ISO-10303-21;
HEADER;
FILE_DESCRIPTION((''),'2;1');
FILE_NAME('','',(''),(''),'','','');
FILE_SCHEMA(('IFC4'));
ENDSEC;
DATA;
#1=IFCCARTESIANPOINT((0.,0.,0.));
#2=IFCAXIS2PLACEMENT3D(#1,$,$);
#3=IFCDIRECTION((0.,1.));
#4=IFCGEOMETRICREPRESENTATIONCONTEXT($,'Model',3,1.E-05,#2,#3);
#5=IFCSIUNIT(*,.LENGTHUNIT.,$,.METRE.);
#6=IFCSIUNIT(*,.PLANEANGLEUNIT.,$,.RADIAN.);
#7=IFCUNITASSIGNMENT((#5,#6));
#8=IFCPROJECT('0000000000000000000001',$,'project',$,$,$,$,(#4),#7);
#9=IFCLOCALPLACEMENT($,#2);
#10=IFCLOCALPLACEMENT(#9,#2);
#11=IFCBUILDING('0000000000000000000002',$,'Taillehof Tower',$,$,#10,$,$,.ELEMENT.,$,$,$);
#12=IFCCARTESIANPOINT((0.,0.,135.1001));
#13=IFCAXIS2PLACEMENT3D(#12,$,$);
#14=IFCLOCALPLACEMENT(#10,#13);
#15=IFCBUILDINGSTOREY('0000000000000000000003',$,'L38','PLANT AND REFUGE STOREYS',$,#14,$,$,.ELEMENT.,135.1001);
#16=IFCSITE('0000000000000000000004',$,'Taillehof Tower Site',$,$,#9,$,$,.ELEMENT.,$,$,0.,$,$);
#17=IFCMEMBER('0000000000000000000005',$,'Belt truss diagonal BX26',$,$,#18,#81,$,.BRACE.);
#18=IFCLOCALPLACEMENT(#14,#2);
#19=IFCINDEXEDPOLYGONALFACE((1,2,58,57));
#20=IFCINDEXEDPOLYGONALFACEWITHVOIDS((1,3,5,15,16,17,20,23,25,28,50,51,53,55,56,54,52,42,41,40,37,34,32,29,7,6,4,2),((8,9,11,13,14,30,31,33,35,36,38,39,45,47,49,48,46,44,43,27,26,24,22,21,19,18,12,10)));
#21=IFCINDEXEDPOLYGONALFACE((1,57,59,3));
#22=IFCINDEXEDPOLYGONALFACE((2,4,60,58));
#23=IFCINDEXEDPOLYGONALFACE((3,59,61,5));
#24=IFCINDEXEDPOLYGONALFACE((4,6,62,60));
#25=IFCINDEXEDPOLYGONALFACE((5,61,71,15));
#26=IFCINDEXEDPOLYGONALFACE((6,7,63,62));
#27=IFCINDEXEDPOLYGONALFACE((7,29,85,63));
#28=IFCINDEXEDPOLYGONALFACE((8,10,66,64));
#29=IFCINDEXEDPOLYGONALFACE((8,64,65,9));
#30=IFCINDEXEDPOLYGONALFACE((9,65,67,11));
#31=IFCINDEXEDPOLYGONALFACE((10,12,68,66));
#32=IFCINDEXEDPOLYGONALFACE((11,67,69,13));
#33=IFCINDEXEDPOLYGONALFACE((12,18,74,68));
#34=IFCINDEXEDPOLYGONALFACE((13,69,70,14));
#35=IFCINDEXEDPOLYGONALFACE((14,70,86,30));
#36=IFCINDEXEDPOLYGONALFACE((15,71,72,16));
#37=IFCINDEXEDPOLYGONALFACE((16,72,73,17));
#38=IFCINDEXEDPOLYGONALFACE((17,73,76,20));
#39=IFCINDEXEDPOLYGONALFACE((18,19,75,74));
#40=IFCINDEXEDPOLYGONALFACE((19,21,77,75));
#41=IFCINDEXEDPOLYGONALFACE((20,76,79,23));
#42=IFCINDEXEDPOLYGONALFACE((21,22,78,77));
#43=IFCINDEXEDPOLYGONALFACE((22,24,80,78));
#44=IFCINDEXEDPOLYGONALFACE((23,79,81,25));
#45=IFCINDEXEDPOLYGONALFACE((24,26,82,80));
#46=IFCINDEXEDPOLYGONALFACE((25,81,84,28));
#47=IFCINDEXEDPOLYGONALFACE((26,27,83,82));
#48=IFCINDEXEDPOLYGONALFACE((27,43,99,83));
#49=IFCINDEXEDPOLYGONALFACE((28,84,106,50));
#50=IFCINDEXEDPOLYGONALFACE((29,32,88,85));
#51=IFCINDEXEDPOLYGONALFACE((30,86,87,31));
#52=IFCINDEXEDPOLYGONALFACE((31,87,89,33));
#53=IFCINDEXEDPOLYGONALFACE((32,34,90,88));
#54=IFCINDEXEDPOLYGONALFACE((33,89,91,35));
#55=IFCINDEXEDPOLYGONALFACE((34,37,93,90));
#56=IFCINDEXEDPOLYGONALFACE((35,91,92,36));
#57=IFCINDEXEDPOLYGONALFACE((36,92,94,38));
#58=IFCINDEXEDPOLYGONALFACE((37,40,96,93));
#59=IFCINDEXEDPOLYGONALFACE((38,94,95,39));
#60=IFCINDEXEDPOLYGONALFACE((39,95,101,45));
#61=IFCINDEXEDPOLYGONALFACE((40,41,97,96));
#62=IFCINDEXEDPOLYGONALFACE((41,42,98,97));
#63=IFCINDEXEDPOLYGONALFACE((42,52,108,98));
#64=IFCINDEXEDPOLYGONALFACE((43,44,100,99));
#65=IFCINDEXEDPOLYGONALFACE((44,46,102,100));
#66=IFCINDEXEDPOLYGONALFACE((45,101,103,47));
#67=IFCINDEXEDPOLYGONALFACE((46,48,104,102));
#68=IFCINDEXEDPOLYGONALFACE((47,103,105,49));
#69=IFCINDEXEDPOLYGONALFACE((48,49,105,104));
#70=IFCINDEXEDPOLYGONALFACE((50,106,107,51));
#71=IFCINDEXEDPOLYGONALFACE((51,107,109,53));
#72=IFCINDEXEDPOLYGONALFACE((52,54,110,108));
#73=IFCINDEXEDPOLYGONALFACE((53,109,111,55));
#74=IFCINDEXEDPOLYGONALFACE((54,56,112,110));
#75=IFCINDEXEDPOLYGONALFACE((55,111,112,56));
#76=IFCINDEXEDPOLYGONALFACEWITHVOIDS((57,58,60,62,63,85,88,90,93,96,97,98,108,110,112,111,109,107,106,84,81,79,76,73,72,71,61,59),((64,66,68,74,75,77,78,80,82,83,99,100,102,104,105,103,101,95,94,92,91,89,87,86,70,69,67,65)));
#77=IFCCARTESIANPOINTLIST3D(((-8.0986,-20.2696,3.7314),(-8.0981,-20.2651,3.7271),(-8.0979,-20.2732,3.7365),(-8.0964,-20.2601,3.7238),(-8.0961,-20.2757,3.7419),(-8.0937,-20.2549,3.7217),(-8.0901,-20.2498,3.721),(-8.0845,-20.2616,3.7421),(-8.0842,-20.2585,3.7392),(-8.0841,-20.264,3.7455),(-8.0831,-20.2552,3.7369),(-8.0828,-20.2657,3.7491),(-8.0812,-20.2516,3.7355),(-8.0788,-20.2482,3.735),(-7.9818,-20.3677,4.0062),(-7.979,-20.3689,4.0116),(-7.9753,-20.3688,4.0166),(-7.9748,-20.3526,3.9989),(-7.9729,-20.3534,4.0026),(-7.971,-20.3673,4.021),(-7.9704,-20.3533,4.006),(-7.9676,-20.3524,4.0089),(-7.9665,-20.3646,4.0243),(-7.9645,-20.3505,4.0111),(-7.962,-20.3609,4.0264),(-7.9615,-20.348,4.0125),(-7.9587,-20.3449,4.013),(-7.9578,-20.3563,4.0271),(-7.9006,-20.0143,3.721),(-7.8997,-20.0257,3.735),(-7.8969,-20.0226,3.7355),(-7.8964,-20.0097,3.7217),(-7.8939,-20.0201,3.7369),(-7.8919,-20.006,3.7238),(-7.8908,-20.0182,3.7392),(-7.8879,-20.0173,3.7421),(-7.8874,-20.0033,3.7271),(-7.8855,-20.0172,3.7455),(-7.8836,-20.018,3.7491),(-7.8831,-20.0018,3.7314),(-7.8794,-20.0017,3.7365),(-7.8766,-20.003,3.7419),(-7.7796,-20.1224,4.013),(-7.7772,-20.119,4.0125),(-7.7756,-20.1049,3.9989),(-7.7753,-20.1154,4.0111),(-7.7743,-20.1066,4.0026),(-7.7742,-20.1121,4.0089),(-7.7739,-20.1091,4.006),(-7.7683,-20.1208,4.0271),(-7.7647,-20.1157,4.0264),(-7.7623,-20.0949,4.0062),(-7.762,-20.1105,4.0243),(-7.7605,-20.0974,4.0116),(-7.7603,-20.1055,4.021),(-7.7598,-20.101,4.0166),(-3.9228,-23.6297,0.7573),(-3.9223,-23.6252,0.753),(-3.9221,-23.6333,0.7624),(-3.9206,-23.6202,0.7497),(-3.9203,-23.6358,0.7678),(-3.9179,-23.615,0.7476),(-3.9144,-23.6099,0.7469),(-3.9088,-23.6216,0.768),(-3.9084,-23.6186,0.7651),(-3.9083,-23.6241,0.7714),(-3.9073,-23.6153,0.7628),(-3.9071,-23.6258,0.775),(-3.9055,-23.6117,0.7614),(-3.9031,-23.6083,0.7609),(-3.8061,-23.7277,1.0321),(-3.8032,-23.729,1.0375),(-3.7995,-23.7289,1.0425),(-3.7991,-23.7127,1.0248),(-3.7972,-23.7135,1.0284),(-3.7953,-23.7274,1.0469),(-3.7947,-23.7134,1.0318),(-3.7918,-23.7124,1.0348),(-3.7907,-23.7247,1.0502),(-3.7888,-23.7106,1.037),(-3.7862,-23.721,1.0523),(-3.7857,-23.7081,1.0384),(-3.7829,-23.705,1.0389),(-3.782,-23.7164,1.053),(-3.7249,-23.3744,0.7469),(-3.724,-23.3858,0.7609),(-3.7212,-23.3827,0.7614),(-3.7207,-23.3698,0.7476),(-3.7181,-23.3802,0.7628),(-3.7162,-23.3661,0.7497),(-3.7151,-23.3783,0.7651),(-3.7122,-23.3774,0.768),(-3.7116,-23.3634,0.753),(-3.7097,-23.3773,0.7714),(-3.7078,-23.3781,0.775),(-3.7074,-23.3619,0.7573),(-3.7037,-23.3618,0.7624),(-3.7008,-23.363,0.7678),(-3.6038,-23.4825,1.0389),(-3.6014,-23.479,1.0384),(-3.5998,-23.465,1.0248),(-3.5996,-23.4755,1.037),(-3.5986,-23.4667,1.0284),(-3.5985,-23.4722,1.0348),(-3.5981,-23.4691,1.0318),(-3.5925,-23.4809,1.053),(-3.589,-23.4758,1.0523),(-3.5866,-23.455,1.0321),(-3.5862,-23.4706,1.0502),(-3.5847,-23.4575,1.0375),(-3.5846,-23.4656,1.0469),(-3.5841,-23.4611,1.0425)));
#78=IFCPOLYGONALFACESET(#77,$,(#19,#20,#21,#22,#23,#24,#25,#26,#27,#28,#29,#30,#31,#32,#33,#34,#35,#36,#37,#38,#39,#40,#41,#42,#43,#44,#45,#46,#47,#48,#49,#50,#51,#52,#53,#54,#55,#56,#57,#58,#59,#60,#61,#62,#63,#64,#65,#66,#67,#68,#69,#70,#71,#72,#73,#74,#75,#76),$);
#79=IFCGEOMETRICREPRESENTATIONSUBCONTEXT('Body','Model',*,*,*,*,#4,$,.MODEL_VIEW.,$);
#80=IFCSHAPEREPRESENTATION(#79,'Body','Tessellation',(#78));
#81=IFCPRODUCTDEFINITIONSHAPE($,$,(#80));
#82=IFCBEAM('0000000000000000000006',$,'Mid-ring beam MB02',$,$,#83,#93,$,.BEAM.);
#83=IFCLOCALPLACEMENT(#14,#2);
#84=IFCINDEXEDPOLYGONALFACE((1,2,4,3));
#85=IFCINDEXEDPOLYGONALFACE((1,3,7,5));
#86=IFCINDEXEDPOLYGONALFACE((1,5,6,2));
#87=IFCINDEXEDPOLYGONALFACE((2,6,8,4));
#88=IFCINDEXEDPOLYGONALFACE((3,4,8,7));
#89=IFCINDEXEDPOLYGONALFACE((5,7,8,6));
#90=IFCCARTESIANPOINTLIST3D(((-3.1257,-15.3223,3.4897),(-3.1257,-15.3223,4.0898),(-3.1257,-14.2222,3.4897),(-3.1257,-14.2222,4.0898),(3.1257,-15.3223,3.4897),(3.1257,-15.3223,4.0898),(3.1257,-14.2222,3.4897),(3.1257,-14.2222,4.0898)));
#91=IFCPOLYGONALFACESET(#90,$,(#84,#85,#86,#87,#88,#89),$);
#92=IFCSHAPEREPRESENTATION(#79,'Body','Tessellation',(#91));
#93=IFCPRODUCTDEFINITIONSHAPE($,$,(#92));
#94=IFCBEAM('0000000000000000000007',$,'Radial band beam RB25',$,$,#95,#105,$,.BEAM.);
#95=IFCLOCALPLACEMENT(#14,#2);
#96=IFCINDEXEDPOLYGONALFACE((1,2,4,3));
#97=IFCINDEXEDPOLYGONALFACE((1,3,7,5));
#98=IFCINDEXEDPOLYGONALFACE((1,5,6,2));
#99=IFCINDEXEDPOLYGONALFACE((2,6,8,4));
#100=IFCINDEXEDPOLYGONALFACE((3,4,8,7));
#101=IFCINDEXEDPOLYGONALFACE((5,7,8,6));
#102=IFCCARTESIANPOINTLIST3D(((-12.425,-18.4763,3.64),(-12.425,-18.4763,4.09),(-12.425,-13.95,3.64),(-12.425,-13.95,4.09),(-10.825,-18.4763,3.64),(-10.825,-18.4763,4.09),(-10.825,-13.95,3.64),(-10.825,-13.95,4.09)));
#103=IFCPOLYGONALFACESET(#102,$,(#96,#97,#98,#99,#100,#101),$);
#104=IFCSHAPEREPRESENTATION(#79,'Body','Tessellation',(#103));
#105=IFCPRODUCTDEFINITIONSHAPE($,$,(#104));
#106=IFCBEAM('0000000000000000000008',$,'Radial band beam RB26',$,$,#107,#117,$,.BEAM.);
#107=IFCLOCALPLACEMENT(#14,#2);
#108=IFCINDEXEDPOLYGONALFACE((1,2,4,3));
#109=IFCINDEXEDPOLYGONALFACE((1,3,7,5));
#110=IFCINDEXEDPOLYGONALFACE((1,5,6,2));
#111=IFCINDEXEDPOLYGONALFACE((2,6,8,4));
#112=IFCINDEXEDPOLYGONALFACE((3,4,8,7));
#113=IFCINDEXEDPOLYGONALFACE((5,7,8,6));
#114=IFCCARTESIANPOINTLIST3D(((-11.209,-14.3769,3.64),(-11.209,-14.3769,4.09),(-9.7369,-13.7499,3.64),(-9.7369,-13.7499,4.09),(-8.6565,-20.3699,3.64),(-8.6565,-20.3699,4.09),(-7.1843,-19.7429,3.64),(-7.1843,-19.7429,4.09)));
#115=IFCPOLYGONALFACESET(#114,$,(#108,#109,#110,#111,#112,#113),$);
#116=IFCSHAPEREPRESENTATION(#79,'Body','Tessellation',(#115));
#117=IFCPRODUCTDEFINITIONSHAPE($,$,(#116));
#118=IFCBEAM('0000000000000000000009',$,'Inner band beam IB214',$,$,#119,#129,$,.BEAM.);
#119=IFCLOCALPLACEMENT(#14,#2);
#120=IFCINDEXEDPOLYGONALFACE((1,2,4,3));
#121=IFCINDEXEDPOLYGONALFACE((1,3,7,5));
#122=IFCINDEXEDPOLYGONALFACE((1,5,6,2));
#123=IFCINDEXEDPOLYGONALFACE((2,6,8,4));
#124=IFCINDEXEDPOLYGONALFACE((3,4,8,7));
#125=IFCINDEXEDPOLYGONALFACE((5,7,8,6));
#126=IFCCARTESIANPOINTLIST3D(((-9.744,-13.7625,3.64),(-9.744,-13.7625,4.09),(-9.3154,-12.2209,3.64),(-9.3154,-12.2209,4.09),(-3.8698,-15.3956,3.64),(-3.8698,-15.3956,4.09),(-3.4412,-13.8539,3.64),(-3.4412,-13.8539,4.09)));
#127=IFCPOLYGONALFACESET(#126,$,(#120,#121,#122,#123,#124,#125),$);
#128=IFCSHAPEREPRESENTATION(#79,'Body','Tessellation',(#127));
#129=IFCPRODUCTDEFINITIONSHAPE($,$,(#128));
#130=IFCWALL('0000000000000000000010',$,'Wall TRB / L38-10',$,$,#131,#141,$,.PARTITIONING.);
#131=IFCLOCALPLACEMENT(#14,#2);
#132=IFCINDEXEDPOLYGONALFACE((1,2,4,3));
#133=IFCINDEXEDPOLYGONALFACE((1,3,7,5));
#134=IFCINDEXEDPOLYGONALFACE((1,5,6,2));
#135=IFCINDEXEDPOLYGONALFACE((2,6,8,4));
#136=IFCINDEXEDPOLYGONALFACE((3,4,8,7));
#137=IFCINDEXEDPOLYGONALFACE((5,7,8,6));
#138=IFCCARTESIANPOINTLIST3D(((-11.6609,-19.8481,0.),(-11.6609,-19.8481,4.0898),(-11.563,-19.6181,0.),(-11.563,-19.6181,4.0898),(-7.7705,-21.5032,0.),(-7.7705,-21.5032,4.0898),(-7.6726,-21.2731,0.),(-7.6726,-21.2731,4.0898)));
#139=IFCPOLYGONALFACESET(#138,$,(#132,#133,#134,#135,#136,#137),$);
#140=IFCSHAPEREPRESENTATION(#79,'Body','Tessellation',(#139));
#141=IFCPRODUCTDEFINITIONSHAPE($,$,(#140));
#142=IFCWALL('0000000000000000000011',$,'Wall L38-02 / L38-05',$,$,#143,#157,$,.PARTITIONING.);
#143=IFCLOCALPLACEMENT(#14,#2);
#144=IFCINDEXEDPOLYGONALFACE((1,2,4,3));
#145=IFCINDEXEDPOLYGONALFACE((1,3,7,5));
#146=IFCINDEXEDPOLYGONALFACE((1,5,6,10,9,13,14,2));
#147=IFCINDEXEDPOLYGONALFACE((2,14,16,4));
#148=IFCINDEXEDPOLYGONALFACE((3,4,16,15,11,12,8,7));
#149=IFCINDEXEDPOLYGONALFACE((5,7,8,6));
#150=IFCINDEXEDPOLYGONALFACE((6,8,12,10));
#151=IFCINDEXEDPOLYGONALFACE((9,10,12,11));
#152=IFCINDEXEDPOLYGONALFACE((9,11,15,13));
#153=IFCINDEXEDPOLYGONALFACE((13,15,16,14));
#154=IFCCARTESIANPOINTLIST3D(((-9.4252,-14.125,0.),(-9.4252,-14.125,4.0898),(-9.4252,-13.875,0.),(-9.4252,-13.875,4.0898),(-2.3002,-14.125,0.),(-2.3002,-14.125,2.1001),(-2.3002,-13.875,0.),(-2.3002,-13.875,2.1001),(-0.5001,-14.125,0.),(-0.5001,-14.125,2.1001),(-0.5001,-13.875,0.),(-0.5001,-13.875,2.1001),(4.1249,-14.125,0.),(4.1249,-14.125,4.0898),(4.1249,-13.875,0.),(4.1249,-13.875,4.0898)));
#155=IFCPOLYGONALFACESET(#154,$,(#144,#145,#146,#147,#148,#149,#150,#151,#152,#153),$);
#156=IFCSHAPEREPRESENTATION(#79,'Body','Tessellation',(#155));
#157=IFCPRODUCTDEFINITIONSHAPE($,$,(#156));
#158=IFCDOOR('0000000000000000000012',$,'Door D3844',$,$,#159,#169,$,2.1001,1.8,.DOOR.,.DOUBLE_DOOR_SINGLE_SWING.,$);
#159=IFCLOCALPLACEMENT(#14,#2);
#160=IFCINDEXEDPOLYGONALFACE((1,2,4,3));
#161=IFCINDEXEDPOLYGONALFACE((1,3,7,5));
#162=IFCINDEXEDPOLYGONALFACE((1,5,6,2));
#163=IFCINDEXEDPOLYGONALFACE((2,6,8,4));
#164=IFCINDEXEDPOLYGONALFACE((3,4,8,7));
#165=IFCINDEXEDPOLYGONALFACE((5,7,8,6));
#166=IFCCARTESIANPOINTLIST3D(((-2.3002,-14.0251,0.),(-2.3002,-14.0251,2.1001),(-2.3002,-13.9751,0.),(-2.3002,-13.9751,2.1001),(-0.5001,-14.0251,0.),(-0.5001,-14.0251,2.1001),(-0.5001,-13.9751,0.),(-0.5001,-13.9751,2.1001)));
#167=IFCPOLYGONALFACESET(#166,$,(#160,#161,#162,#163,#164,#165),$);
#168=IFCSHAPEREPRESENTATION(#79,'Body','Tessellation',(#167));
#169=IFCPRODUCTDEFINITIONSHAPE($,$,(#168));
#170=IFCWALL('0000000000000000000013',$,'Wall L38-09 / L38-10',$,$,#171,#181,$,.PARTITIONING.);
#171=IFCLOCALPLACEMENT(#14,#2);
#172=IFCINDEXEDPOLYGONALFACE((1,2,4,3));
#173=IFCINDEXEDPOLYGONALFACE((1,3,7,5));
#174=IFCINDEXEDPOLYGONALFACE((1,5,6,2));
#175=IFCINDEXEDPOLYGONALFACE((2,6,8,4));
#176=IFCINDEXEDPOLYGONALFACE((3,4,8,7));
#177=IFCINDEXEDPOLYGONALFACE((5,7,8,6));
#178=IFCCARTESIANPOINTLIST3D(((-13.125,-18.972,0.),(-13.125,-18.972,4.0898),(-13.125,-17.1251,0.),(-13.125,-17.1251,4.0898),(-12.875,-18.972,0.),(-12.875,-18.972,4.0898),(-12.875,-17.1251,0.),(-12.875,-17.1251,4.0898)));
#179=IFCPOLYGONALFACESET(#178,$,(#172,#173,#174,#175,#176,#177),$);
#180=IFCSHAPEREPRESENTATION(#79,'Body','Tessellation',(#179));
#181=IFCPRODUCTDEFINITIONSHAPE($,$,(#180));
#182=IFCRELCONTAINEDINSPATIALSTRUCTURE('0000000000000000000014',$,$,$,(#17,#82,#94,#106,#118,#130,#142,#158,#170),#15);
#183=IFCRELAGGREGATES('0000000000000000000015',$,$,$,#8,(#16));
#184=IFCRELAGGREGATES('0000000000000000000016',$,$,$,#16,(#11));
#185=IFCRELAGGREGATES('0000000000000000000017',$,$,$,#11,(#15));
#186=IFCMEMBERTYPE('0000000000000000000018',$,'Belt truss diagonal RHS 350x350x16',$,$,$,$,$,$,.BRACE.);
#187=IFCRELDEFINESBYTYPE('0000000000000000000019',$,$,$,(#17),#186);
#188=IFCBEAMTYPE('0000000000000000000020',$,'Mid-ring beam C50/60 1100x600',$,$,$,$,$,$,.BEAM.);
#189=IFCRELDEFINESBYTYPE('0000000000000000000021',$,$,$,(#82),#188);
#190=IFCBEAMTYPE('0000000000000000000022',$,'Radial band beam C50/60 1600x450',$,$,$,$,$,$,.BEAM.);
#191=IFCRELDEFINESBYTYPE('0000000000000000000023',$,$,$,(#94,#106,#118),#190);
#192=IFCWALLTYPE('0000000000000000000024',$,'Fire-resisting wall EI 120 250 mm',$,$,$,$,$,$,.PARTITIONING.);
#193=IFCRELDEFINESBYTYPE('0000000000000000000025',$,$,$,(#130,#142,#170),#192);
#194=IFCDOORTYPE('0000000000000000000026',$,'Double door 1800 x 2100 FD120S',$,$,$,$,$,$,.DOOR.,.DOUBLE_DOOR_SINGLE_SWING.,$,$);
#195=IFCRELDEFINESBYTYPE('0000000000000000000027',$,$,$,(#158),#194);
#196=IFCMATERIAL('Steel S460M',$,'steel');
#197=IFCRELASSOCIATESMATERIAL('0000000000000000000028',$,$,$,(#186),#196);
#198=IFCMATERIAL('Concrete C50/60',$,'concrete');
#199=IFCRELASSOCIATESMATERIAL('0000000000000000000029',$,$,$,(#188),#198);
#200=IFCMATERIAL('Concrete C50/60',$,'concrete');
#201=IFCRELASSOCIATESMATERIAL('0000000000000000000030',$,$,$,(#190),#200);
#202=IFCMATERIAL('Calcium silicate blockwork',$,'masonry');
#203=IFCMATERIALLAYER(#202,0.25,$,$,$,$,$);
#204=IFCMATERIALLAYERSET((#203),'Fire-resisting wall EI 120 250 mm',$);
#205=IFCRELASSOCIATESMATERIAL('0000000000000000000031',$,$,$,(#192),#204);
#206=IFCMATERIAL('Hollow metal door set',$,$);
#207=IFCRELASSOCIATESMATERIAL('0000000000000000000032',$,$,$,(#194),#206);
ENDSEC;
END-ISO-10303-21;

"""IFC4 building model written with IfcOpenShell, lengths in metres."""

from ifc_helpers import new_model, si_unit, direction, frame, frame_2d, origin, origin_2d, place, context, subcontext, project, spatial, rectangle, hollow_rectangle, extrude, material, layer, layer_set, material_profile, profile_set, type_object, element, fill, save


model = new_model("IFC4")

# Units and contexts
model_context = context("Model", 3, precision=1e-05, world=origin(), true_north=direction((0.0, 1.0)))
body_context = subcontext(model_context, "Body", "Model", "MODEL_VIEW")
ifc_project = project(units=[si_unit("LENGTHUNIT", "METRE"), si_unit("PLANEANGLEUNIT", "RADIAN")], contexts=[model_context])

# Site, building, storey
site_placement = place(None, origin())
site = spatial("IfcSite", under=ifc_project, at=site_placement, Name="Taillehof Tower Site", CompositionType="ELEMENT", RefElevation=0.0)
building_placement = place(site_placement, origin())
building = spatial("IfcBuilding", under=site, at=building_placement, Name="Taillehof Tower", CompositionType="ELEMENT")
storey_placement = place(building_placement, frame((0.0, 0.0, 135.1001)))
storey = spatial("IfcBuildingStorey", under=building, at=storey_placement, Name="L38", Description="PLANT AND REFUGE STOREYS", CompositionType="ELEMENT", Elevation=135.1001)

# Member
ifc_material_1 = material(Name="Steel S460M", Category="steel")
ifc_material_profile_1 = material_profile(ifc_material_1, hollow_rectangle(XDim=0.3501, YDim=0.3501, WallThickness=0.0161, InnerFilletRadius=0.0161, OuterFilletRadius=0.0239, at=origin_2d()), Name="RHS 350x350x16")
ifc_profile_set_1 = profile_set([ifc_material_profile_1], Name="Steel S460M")
member_type_1 = type_object("IfcMemberType", Name="Belt truss diagonal RHS 350x350x16", PredefinedType="BRACE", material=ifc_profile_set_1)
member_1_placement = place(storey_placement, frame((-7.9292, -20.1853, 3.874), z_axis=(0.681241, -0.548171, -0.485201), x_axis=(0.626909, 0.779093, 0.0)))
element("IfcMember", 1, at=member_1_placement, inside=storey, type_object=member_type_1, Name="Belt truss diagonal BX26", PredefinedType="BRACE", context=body_context, shape_type="SweptSolid", body=[
    extrude(hollow_rectangle(XDim=0.3501, YDim=0.3501, WallThickness=0.0161, InnerFilletRadius=0.0161, OuterFilletRadius=0.0239, at=origin_2d()), origin(), (0.0, 0.0, 1.0), 6.1296),
])

# Beams
ifc_material_2 = material(Name="Concrete C50/60", Category="concrete")
ifc_material_profile_2 = material_profile(ifc_material_2, rectangle(XDim=1.1001, YDim=0.6001, at=origin_2d()), Name="RC 1100x600")
ifc_profile_set_2 = profile_set([ifc_material_profile_2], Name="Concrete C50/60")
beam_type_1 = type_object("IfcBeamType", Name="Mid-ring beam C50/60 1100x600", PredefinedType="BEAM", material=ifc_profile_set_2)
beam_1_placement = place(storey_placement, frame((-3.1257, -14.7722, 3.7898), z_axis=(1.0, 0.0, 0.0), x_axis=(0.0, 1.0, 0.0)))
element("IfcBeam", 2, at=beam_1_placement, inside=storey, type_object=beam_type_1, Name="Mid-ring beam MB02", PredefinedType="BEAM", context=body_context, shape_type="SweptSolid", body=[
    extrude(rectangle(XDim=1.1001, YDim=0.6001, at=origin_2d()), origin(), (0.0, 0.0, 1.0), 6.2515),
])
ifc_material_3 = material(Name="Concrete C50/60", Category="concrete")
ifc_material_profile_3 = material_profile(ifc_material_3, rectangle(XDim=1.6001, YDim=0.45, at=origin_2d()), Name="RC 1600x450")
ifc_profile_set_3 = profile_set([ifc_material_profile_3], Name="Concrete C50/60")
beam_type_2 = type_object("IfcBeamType", Name="Radial band beam C50/60 1600x450", PredefinedType="BEAM", material=ifc_profile_set_3)
beam_2_placement = place(storey_placement, frame((-11.625, -18.4763, 3.865), z_axis=(0.0, 1.0, 0.0), x_axis=(-1.0, 0.0, 0.0)))
element("IfcBeam", 3, at=beam_2_placement, inside=storey, type_object=beam_type_2, Name="Radial band beam RB25", PredefinedType="BEAM", context=body_context, shape_type="SweptSolid", body=[
    extrude(rectangle(XDim=1.6001, YDim=0.45, at=origin_2d()), origin(), (0.0, 0.0, 1.0), 4.5264),
])
beam_3_placement = place(storey_placement, frame((-7.9204, -20.0564, 3.865), z_axis=(-0.391856, 0.920027, 0.0), x_axis=(-0.920027, -0.391856, 0.0)))
element("IfcBeam", 4, at=beam_3_placement, inside=storey, type_object=beam_type_2, Name="Radial band beam RB26", PredefinedType="BEAM", context=body_context, shape_type="SweptSolid", body=[
    extrude(rectangle(XDim=1.6001, YDim=0.45, at=origin_2d()), origin(), (0.0, 0.0, 1.0), 6.5139),
])
beam_4_placement = place(storey_placement, frame((-3.6555, -14.6248, 3.865), z_axis=(-0.963459, 0.267855, 0.0), x_axis=(-0.267855, -0.963459, 0.0)))
element("IfcBeam", 5, at=beam_4_placement, inside=storey, type_object=beam_type_2, Name="Inner band beam IB214", PredefinedType="BEAM", context=body_context, shape_type="SweptSolid", body=[
    extrude(rectangle(XDim=1.6001, YDim=0.45, at=origin_2d()), origin(), (0.0, 0.0, 1.0), 6.0969),
])

# Wall
ifc_material_4 = material(Name="Calcium silicate blockwork", Category="masonry")
ifc_layer_1 = layer(ifc_material_4, 0.25)
ifc_layer_set_1 = layer_set([ifc_layer_1], Name="Fire-resisting wall EI 120 250 mm")
wall_type_1 = type_object("IfcWallType", Name="Fire-resisting wall EI 120 250 mm", PredefinedType="PARTITIONING", material=ifc_layer_set_1)
wall_1_placement = place(storey_placement, frame((-11.6118, -19.7332, 0.0), z_axis=(0.0, 0.0, 1.0), x_axis=(0.920193, -0.391465, 0.0)))
element("IfcWall", 6, at=wall_1_placement, inside=storey, type_object=wall_type_1, Name="Wall TRB / L38-10", PredefinedType="PARTITIONING", context=body_context, shape_type="SweptSolid", body=[
    extrude(rectangle(XDim=4.2278, YDim=0.25, at=frame_2d((2.1138, 0.0))), origin(), (0.0, 0.0, 1.0), 4.0898),
])

# Wall, opening, door
wall_2_placement = place(storey_placement, frame((-9.425, -14.0, 0.0), z_axis=(0.0, 0.0, 1.0), x_axis=(1.0, 0.0, 0.0)))
wall_2 = element("IfcWall", 7, at=wall_2_placement, inside=storey, type_object=wall_type_1, Name="Wall L38-02 / L38-05", PredefinedType="PARTITIONING", context=body_context, shape_type="SweptSolid", body=[
    extrude(rectangle(XDim=13.55, YDim=0.25, at=frame_2d((6.7749, 0.0))), origin(), (0.0, 0.0, 1.0), 4.0898),
])
opening_1_placement = place(wall_2_placement, frame((7.125, 0.0, 0.0)))
opening_1 = element("IfcOpeningElement", 8, at=opening_1_placement, cuts=wall_2, PredefinedType="OPENING", context=body_context, shape_type="SweptSolid", body=[
    extrude(rectangle(XDim=1.8, YDim=2.1001, at=frame_2d((0.8999, 1.05))), frame((0.0, 0.135, 0.0), z_axis=(0.0, -1.0, 0.0), x_axis=(1.0, 0.0, 0.0)), (0.0, 0.0, 1.0), 0.27),
])
ifc_material_5 = material(Name="Hollow metal door set")
door_type_1 = type_object("IfcDoorType", Name="Double door 1800 x 2100 FD120S", OperationType="DOUBLE_DOOR_SINGLE_SWING", PredefinedType="DOOR", material=ifc_material_5)
door_1_placement = place(opening_1_placement, origin())
door_1 = element("IfcDoor", 9, at=door_1_placement, inside=storey, type_object=door_type_1, Name="Door D3844", OperationType="DOUBLE_DOOR_SINGLE_SWING", OverallHeight=2.1001, OverallWidth=1.8, PredefinedType="DOOR", context=body_context, shape_type="SweptSolid", body=[
    extrude(rectangle(XDim=1.8, YDim=2.1001, at=frame_2d((0.8999, 1.05))), frame((0.0, 0.0249, 0.0), z_axis=(0.0, -1.0, 0.0), x_axis=(1.0, 0.0, 0.0)), (0.0, 0.0, 1.0), 0.05),
])
fill(opening_1, door_1)

# Wall
wall_3_placement = place(storey_placement, frame((-13.0, -18.9719, 0.0), z_axis=(0.0, 0.0, 1.0), x_axis=(0.0, 1.0, 0.0)))
element("IfcWall", 10, at=wall_3_placement, inside=storey, type_object=wall_type_1, Name="Wall L38-09 / L38-10", PredefinedType="PARTITIONING", context=body_context, shape_type="SweptSolid", body=[
    extrude(rectangle(XDim=1.8469, YDim=0.25, at=frame_2d((0.9233, 0.0))), origin(), (0.0, 0.0, 1.0), 4.0898),
])

save(model, "model.ifc")
